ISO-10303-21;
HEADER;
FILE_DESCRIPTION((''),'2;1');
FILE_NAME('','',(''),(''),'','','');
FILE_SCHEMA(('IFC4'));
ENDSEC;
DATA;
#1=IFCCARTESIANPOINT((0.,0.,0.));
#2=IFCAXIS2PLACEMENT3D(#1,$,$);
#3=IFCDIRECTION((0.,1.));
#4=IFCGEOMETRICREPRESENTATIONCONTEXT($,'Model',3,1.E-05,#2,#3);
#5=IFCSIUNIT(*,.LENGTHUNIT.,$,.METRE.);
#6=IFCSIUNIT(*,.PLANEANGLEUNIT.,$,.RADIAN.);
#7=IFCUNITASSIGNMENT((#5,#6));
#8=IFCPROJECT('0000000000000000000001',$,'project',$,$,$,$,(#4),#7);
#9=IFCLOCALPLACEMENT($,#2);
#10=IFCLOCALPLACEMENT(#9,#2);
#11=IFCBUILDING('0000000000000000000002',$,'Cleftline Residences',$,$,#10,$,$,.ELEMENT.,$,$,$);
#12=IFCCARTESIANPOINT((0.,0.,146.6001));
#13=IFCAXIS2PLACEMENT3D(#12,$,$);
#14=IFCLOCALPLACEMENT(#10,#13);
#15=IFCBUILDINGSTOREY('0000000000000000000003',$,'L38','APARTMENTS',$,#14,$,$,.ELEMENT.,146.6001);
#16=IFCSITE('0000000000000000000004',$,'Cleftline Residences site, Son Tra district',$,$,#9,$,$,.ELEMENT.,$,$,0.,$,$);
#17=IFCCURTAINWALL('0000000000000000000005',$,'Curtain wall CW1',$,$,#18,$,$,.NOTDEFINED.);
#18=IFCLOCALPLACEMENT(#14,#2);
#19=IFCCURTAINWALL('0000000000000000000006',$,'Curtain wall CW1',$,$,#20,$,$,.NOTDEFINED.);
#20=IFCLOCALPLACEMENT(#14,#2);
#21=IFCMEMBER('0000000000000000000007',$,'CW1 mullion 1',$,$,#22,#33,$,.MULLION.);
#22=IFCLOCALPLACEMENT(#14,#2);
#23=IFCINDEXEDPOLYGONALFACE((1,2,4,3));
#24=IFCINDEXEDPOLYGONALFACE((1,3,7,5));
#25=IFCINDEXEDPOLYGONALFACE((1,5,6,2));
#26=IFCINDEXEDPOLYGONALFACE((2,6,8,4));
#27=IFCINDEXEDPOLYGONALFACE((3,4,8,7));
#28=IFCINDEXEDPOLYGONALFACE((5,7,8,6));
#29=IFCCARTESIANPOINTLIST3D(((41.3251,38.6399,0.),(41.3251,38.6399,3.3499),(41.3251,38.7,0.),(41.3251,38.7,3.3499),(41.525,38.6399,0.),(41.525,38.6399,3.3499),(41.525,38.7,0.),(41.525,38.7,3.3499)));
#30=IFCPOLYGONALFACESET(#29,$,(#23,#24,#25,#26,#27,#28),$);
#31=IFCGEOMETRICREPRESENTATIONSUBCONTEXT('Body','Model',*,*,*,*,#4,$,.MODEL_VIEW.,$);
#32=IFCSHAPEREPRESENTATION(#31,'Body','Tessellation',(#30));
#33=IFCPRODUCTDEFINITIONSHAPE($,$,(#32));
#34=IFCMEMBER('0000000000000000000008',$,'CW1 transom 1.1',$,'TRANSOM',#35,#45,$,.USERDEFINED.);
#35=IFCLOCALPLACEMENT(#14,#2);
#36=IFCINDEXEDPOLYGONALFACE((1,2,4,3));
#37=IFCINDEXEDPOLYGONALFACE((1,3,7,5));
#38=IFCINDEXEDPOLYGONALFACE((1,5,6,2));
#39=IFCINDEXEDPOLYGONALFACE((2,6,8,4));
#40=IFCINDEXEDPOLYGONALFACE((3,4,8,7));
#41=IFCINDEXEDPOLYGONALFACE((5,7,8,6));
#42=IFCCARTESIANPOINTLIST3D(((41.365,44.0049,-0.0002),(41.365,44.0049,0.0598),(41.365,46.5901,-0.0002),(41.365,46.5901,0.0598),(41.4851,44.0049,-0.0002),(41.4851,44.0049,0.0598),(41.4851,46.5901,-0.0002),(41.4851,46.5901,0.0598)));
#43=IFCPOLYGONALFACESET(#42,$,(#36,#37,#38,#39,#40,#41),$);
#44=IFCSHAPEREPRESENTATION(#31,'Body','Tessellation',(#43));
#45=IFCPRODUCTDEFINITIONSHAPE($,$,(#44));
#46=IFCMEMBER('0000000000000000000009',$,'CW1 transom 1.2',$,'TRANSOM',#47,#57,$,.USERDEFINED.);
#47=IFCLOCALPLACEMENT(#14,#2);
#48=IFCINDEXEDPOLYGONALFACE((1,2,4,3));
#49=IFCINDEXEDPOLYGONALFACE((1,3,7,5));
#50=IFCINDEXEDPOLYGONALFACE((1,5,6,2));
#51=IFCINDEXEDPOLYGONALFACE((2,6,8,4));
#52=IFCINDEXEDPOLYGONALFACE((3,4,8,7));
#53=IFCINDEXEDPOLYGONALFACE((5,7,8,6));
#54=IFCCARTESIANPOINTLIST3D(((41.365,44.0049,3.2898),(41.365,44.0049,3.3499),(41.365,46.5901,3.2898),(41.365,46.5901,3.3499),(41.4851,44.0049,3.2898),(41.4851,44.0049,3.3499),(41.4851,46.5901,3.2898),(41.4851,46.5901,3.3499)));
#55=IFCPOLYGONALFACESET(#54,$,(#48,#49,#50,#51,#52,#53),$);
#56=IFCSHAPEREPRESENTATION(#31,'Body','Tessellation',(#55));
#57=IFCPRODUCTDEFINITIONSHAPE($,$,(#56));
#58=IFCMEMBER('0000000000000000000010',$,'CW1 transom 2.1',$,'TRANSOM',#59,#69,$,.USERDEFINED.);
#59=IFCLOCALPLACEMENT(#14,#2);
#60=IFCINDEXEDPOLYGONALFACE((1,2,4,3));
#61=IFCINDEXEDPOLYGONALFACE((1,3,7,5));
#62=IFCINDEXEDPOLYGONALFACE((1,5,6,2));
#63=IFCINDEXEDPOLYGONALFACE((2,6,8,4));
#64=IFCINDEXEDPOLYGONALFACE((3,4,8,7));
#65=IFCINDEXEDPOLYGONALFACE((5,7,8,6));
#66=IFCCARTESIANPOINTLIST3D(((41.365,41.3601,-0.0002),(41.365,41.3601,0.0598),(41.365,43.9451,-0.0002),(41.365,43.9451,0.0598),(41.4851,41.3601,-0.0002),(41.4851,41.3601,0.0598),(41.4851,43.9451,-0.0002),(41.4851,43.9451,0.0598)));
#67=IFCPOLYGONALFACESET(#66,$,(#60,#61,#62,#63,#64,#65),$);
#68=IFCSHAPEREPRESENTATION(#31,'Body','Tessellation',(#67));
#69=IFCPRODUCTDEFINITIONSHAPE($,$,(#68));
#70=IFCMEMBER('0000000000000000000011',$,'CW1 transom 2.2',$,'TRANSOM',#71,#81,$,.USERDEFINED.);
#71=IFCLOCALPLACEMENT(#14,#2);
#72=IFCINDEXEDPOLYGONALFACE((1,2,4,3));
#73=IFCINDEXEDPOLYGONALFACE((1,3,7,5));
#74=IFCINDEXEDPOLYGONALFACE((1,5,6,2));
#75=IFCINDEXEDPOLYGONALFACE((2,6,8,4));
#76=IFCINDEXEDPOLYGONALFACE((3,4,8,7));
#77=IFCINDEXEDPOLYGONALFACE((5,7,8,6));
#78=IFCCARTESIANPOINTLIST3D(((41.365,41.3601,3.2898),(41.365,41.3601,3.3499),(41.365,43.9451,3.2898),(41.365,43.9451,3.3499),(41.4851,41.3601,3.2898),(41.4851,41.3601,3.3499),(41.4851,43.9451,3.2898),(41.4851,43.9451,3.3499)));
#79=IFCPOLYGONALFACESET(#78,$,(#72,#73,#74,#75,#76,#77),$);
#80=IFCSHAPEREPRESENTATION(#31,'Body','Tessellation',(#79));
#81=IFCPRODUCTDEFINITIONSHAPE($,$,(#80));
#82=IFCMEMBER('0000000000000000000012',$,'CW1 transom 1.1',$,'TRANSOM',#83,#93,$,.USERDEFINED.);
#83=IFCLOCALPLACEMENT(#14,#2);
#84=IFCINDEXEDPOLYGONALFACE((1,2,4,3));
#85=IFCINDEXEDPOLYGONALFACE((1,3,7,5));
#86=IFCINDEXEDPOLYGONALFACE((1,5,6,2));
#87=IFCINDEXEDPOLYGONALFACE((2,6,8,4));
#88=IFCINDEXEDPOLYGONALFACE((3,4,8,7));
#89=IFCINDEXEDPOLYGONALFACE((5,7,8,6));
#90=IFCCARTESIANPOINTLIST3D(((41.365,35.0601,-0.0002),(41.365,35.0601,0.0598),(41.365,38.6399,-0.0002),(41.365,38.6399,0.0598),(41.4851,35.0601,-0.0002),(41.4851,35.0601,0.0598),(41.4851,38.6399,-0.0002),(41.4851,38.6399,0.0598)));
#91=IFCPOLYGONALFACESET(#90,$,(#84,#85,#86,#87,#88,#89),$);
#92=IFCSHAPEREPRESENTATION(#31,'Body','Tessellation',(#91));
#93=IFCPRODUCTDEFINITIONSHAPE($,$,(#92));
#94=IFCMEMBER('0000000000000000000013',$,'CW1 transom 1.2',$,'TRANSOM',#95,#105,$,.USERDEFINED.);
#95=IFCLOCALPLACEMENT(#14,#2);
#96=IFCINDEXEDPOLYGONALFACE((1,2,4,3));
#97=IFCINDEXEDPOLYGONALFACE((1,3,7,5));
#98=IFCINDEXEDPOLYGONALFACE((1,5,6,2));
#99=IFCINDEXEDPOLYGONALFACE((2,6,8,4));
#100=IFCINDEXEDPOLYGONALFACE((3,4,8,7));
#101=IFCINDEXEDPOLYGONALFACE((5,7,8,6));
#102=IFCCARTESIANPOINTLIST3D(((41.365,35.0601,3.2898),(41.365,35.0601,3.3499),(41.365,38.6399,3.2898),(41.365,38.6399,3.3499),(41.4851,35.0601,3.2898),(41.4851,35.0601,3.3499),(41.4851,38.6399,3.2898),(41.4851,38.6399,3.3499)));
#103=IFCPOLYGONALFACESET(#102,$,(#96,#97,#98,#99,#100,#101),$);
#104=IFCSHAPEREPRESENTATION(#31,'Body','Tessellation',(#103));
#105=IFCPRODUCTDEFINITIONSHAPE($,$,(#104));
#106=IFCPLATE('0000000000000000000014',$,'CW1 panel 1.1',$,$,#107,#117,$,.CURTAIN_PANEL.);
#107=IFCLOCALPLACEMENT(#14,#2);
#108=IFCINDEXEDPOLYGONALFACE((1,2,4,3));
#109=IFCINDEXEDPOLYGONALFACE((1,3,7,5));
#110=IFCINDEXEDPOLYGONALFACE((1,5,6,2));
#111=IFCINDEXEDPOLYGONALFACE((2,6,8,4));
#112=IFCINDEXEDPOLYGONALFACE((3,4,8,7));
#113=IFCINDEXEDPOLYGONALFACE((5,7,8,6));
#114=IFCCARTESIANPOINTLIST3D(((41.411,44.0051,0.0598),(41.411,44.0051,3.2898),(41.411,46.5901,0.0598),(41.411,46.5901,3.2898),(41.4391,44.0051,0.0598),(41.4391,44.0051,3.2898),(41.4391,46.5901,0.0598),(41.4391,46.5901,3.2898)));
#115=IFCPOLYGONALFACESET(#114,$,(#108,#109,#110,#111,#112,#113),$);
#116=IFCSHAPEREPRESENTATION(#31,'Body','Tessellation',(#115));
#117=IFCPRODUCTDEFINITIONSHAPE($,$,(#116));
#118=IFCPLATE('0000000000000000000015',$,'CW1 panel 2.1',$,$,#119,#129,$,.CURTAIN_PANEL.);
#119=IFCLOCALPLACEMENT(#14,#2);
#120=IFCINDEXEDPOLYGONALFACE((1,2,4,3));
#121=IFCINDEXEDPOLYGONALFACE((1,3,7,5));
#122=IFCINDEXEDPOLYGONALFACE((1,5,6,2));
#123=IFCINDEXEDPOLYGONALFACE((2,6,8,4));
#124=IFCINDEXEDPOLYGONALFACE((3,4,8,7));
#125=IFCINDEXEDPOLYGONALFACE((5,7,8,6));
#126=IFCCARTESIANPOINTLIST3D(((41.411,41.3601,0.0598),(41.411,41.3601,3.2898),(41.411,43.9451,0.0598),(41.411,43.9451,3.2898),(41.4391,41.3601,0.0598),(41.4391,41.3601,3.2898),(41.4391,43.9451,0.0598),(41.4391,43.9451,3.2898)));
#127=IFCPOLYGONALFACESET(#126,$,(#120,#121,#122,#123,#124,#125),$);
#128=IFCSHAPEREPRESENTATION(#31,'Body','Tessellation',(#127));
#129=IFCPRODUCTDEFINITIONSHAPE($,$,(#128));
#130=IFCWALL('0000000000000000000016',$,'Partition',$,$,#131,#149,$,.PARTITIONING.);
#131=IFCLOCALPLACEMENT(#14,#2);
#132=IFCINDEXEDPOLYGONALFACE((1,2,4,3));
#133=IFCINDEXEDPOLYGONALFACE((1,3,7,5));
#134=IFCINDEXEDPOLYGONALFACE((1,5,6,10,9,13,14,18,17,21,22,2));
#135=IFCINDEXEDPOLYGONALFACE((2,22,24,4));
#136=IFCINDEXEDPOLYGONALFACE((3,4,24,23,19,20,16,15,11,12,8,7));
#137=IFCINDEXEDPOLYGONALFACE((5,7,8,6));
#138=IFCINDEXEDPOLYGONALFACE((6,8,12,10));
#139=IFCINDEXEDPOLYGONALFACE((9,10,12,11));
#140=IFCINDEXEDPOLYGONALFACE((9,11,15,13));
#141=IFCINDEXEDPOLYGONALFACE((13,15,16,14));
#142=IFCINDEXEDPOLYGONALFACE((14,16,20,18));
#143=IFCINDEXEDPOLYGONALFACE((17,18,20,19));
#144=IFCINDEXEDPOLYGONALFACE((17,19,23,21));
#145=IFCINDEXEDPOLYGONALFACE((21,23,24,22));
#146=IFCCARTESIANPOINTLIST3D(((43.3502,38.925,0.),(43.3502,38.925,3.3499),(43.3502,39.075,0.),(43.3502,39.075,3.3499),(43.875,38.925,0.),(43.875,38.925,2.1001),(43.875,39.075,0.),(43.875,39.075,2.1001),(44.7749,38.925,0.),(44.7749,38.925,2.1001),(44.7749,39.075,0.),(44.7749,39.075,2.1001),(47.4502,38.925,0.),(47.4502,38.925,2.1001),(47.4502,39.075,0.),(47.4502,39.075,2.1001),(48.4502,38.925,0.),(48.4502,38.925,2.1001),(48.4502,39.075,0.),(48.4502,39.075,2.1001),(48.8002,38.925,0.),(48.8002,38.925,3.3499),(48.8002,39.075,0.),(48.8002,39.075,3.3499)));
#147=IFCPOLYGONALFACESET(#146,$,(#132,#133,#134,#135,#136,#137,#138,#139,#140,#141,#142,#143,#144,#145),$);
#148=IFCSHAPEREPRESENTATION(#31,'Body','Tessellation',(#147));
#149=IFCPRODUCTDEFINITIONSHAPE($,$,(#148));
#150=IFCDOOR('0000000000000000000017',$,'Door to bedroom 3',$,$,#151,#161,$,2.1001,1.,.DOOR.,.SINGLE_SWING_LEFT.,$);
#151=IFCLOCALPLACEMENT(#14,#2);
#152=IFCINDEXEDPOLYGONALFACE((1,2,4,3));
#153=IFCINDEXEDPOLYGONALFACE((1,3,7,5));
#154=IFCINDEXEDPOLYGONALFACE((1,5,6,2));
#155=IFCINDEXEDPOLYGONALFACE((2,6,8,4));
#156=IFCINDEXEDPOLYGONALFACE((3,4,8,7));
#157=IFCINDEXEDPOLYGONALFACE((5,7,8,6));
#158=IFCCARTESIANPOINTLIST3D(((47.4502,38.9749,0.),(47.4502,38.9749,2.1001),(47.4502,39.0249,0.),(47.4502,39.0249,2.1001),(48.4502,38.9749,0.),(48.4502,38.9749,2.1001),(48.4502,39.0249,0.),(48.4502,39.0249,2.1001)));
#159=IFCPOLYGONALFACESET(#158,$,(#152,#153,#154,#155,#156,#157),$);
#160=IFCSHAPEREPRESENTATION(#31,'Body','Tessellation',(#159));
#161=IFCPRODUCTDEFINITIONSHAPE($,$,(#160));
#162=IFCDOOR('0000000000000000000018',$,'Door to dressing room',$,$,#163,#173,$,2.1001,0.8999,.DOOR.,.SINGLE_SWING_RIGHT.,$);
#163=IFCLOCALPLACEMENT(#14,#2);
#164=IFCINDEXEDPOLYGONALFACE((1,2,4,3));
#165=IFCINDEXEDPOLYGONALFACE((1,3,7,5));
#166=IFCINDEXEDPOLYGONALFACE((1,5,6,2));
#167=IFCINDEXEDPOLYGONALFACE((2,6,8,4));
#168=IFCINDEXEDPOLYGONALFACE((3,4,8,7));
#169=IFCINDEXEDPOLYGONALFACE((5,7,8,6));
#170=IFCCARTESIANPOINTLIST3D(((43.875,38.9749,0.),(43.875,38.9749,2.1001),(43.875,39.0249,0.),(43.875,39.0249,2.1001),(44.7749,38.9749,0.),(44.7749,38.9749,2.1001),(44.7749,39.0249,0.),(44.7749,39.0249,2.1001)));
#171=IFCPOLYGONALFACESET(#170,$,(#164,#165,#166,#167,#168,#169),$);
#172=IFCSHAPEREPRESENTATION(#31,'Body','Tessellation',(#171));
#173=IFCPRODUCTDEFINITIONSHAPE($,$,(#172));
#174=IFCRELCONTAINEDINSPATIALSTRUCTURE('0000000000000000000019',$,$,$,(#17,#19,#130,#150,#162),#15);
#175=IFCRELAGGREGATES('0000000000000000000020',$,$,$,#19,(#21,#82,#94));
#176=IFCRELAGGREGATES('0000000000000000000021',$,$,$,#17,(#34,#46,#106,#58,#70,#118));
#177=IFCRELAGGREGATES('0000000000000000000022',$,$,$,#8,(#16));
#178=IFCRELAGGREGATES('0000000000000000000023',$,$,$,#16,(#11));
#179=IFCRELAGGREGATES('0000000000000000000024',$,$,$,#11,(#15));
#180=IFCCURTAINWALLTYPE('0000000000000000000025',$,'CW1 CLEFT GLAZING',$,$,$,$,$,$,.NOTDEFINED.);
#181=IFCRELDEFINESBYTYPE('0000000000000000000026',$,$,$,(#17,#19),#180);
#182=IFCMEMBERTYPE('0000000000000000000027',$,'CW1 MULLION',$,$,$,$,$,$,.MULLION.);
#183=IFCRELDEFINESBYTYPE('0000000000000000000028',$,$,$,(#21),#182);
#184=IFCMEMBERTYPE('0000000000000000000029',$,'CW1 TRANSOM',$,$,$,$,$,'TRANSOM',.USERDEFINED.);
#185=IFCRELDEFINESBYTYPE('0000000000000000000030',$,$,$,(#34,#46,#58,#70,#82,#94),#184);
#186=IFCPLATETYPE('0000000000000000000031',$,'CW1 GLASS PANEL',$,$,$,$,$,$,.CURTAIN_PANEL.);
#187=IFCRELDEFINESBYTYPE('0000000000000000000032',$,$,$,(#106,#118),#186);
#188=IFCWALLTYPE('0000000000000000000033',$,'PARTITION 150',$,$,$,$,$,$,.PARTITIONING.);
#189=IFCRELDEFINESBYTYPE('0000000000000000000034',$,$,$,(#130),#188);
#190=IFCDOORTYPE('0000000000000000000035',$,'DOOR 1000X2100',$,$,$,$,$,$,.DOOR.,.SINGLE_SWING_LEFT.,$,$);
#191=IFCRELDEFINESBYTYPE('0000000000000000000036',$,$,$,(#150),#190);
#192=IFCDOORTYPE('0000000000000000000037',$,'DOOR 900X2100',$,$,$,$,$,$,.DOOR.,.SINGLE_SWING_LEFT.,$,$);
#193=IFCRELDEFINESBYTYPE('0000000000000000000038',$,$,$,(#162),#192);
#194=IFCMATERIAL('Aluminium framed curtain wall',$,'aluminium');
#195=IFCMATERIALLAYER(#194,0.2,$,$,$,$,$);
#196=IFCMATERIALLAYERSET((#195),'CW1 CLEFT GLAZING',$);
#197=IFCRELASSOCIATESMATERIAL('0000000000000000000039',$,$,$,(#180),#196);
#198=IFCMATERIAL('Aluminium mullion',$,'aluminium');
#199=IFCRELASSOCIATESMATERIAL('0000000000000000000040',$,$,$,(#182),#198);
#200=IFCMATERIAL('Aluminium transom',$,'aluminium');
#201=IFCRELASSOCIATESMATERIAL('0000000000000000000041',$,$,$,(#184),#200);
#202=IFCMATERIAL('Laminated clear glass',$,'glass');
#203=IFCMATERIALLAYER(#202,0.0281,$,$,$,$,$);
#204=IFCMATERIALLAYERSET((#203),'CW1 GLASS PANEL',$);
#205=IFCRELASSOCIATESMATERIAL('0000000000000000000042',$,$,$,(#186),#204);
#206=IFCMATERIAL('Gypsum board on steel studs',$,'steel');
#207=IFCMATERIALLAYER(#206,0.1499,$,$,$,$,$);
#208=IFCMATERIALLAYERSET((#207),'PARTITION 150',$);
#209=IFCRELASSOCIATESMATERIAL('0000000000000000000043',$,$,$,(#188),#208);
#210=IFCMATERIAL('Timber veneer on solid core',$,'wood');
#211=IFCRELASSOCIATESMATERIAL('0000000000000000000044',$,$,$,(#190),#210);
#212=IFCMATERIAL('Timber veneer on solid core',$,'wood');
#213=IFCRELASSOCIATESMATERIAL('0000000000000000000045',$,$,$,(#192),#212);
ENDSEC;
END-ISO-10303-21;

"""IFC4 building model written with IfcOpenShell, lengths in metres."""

from ifc_helpers import new_model, si_unit, direction, frame, frame_2d, origin, origin_2d, place, context, subcontext, project, spatial, rectangle, extrude, material, layer, layer_set, material_profile, profile_set, type_object, element, fill, aggregate, save


model = new_model("IFC4")

# Units and contexts
model_context = context("Model", 3, precision=1e-05, world=origin(), true_north=direction((0.0, 1.0)))
body_context = subcontext(model_context, "Body", "Model", "MODEL_VIEW")
ifc_project = project(units=[si_unit("LENGTHUNIT", "METRE"), si_unit("PLANEANGLEUNIT", "RADIAN")], contexts=[model_context])

# Site, building, storey
site_placement = place(None, origin())
site = spatial("IfcSite", under=ifc_project, at=site_placement, Name="Cleftline Residences site, Son Tra district", CompositionType="ELEMENT", RefElevation=0.0)
building_placement = place(site_placement, origin())
building = spatial("IfcBuilding", under=site, at=building_placement, Name="Cleftline Residences", CompositionType="ELEMENT")
storey_placement = place(building_placement, frame((0.0, 0.0, 146.6001)))
storey = spatial("IfcBuildingStorey", under=building, at=storey_placement, Name="L38", Description="APARTMENTS", CompositionType="ELEMENT", Elevation=146.6001)

# Curtain wall
ifc_material_1 = material(Name="Aluminium framed curtain wall", Category="aluminium")
ifc_layer_1 = layer(ifc_material_1, 0.2)
ifc_layer_set_1 = layer_set([ifc_layer_1], Name="CW1 CLEFT GLAZING")
curtain_wall_type = type_object("IfcCurtainWallType", Name="CW1 CLEFT GLAZING", PredefinedType="NOTDEFINED", material=ifc_layer_set_1)
curtain_wall_1_placement = place(storey_placement, origin())
curtain_wall_1 = element("IfcCurtainWall", 1, at=curtain_wall_1_placement, inside=storey, type_object=curtain_wall_type, Name="Curtain wall CW1", PredefinedType="NOTDEFINED")
ifc_material_2 = material(Name="Aluminium mullion", Category="aluminium")
ifc_material_profile_1 = material_profile(ifc_material_2, rectangle(XDim=0.2, YDim=0.0601, at=origin_2d()))
ifc_profile_set_1 = profile_set([ifc_material_profile_1], Name="Aluminium mullion")
member_type_1 = type_object("IfcMemberType", Name="CW1 MULLION", PredefinedType="MULLION", material=ifc_profile_set_1)

# Curtain wall, member
curtain_wall_2_placement = place(storey_placement, origin())
curtain_wall_2 = element("IfcCurtainWall", 2, at=curtain_wall_2_placement, inside=storey, type_object=curtain_wall_type, Name="Curtain wall CW1", PredefinedType="NOTDEFINED")
member_1_placement = place(storey_placement, frame((41.425, 38.6699, 0.0), z_axis=(0.0, 0.0, 1.0), x_axis=(1.0, 0.0, 0.0)))
member_1 = element("IfcMember", 3, at=member_1_placement, type_object=member_type_1, Name="CW1 mullion 1", PredefinedType="MULLION", context=body_context, shape_type="SweptSolid", body=[
    extrude(rectangle(XDim=0.2, YDim=0.0601, at=origin_2d()), origin(), (0.0, 0.0, 1.0), 3.3499),
])

# Members
ifc_material_3 = material(Name="Aluminium transom", Category="aluminium")
ifc_material_profile_2 = material_profile(ifc_material_3, rectangle(XDim=0.1201, YDim=0.0601, at=origin_2d()))
ifc_profile_set_2 = profile_set([ifc_material_profile_2], Name="Aluminium transom")
member_type_2 = type_object("IfcMemberType", Name="CW1 TRANSOM", ElementType="TRANSOM", PredefinedType="USERDEFINED", material=ifc_profile_set_2)
member_2_placement = place(storey_placement, frame((41.425, 46.5901, 0.0298), z_axis=(0.0, -1.0, 0.0), x_axis=(1.0, 0.0, 0.0)))
member_2 = element("IfcMember", 4, at=member_2_placement, type_object=member_type_2, Name="CW1 transom 1.1", ObjectType="TRANSOM", PredefinedType="USERDEFINED", context=body_context, shape_type="SweptSolid", body=[
    extrude(rectangle(XDim=0.1201, YDim=0.0601, at=origin_2d()), origin(), (0.0, 0.0, 1.0), 2.5852),
])
member_3_placement = place(storey_placement, frame((41.425, 46.5901, 3.3198), z_axis=(0.0, -1.0, 0.0), x_axis=(1.0, 0.0, 0.0)))
member_3 = element("IfcMember", 5, at=member_3_placement, type_object=member_type_2, Name="CW1 transom 1.2", ObjectType="TRANSOM", PredefinedType="USERDEFINED", context=body_context, shape_type="SweptSolid", body=[
    extrude(rectangle(XDim=0.1201, YDim=0.0601, at=origin_2d()), origin(), (0.0, 0.0, 1.0), 2.5852),
])
member_4_placement = place(storey_placement, frame((41.425, 43.9451, 0.0298), z_axis=(0.0, -1.0, 0.0), x_axis=(1.0, 0.0, 0.0)))
member_4 = element("IfcMember", 6, at=member_4_placement, type_object=member_type_2, Name="CW1 transom 2.1", ObjectType="TRANSOM", PredefinedType="USERDEFINED", context=body_context, shape_type="SweptSolid", body=[
    extrude(rectangle(XDim=0.1201, YDim=0.0601, at=origin_2d()), origin(), (0.0, 0.0, 1.0), 2.585),
])
member_5_placement = place(storey_placement, frame((41.425, 43.9451, 3.3198), z_axis=(0.0, -1.0, 0.0), x_axis=(1.0, 0.0, 0.0)))
member_5 = element("IfcMember", 7, at=member_5_placement, type_object=member_type_2, Name="CW1 transom 2.2", ObjectType="TRANSOM", PredefinedType="USERDEFINED", context=body_context, shape_type="SweptSolid", body=[
    extrude(rectangle(XDim=0.1201, YDim=0.0601, at=origin_2d()), origin(), (0.0, 0.0, 1.0), 2.585),
])
member_6_placement = place(storey_placement, frame((41.425, 38.6399, 0.0298), z_axis=(0.0, -1.0, 0.0), x_axis=(1.0, 0.0, 0.0)))
member_6 = element("IfcMember", 8, at=member_6_placement, type_object=member_type_2, Name="CW1 transom 1.1", ObjectType="TRANSOM", PredefinedType="USERDEFINED", context=body_context, shape_type="SweptSolid", body=[
    extrude(rectangle(XDim=0.1201, YDim=0.0601, at=origin_2d()), origin(), (0.0, 0.0, 1.0), 3.5798),
])
member_7_placement = place(storey_placement, frame((41.425, 38.6399, 3.3198), z_axis=(0.0, -1.0, 0.0), x_axis=(1.0, 0.0, 0.0)))
member_7 = element("IfcMember", 9, at=member_7_placement, type_object=member_type_2, Name="CW1 transom 1.2", ObjectType="TRANSOM", PredefinedType="USERDEFINED", context=body_context, shape_type="SweptSolid", body=[
    extrude(rectangle(XDim=0.1201, YDim=0.0601, at=origin_2d()), origin(), (0.0, 0.0, 1.0), 3.5798),
])
aggregate(curtain_wall_2, [member_1, member_6, member_7])

# Plates
ifc_material_4 = material(Name="Laminated clear glass", Category="glass")
ifc_layer_2 = layer(ifc_material_4, 0.0281)
ifc_layer_set_2 = layer_set([ifc_layer_2], Name="CW1 GLASS PANEL")
plate_type = type_object("IfcPlateType", Name="CW1 GLASS PANEL", PredefinedType="CURTAIN_PANEL", material=ifc_layer_set_2)
plate_1_placement = place(storey_placement, frame((41.425, 45.2976, 0.0598), z_axis=(0.0, 0.0, 1.0), x_axis=(0.0, -1.0, 0.0)))
plate_1 = element("IfcPlate", 10, at=plate_1_placement, type_object=plate_type, Name="CW1 panel 1.1", PredefinedType="CURTAIN_PANEL", context=body_context, shape_type="SweptSolid", body=[
    extrude(rectangle(XDim=2.585, YDim=0.0281, at=origin_2d()), origin(), (0.0, 0.0, 1.0), 3.23),
])
plate_2_placement = place(storey_placement, frame((41.425, 42.6526, 0.0598), z_axis=(0.0, 0.0, 1.0), x_axis=(0.0, -1.0, 0.0)))
plate_2 = element("IfcPlate", 11, at=plate_2_placement, type_object=plate_type, Name="CW1 panel 2.1", PredefinedType="CURTAIN_PANEL", context=body_context, shape_type="SweptSolid", body=[
    extrude(rectangle(XDim=2.585, YDim=0.0281, at=origin_2d()), origin(), (0.0, 0.0, 1.0), 3.23),
])
aggregate(curtain_wall_1, [member_2, member_3, plate_1, member_4, member_5, plate_2])

# Wall, openings, doors
ifc_material_5 = material(Name="Gypsum board on steel studs", Category="steel")
ifc_layer_3 = layer(ifc_material_5, 0.1499)
ifc_layer_set_3 = layer_set([ifc_layer_3], Name="PARTITION 150")
wall_type = type_object("IfcWallType", Name="PARTITION 150", PredefinedType="PARTITIONING", material=ifc_layer_set_3)
wall_1_placement = place(storey_placement, frame((43.3501, 39.0, 0.0), z_axis=(0.0, 0.0, 1.0), x_axis=(1.0, 0.0, 0.0)))
wall_1 = element("IfcWall", 12, at=wall_1_placement, inside=storey, type_object=wall_type, Name="Partition", PredefinedType="PARTITIONING", context=body_context, shape_type="SweptSolid", body=[
    extrude(rectangle(XDim=5.45, YDim=0.1499, at=frame_2d((2.7251, 0.0))), origin(), (0.0, 0.0, 1.0), 3.3499),
])
opening_1_placement = place(wall_1_placement, frame((4.1001, 0.0, 0.0)))
opening_1 = element("IfcOpeningElement", 13, at=opening_1_placement, cuts=wall_1, PredefinedType="OPENING", context=body_context, shape_type="SweptSolid", body=[
    extrude(rectangle(XDim=1.0, YDim=2.1001, at=frame_2d((0.5, 1.05))), frame((0.0, 0.085, 0.0), z_axis=(0.0, -1.0, 0.0), x_axis=(1.0, 0.0, 0.0)), (0.0, 0.0, 1.0), 0.1699),
])
opening_2_placement = place(wall_1_placement, frame((0.5249, 0.0, 0.0)))
opening_2 = element("IfcOpeningElement", 14, at=opening_2_placement, cuts=wall_1, PredefinedType="OPENING", context=body_context, shape_type="SweptSolid", body=[
    extrude(rectangle(XDim=0.8999, YDim=2.1001, at=frame_2d((0.45, 1.05))), frame((0.0, 0.085, 0.0), z_axis=(0.0, -1.0, 0.0), x_axis=(1.0, 0.0, 0.0)), (0.0, 0.0, 1.0), 0.1699),
])
ifc_material_6 = material(Name="Timber veneer on solid core", Category="wood")
door_type_1 = type_object("IfcDoorType", Name="DOOR 1000X2100", OperationType="SINGLE_SWING_LEFT", PredefinedType="DOOR", material=ifc_material_6)
door_1_placement = place(opening_1_placement, origin())
door_1 = element("IfcDoor", 15, at=door_1_placement, inside=storey, type_object=door_type_1, Name="Door to bedroom 3", OperationType="SINGLE_SWING_LEFT", OverallHeight=2.1001, OverallWidth=1.0, PredefinedType="DOOR", context=body_context, shape_type="SweptSolid", body=[
    extrude(rectangle(XDim=1.0, YDim=2.1001, at=frame_2d((0.5, 1.05))), frame((0.0, 0.0249, 0.0), z_axis=(0.0, -1.0, 0.0), x_axis=(1.0, 0.0, 0.0)), (0.0, 0.0, 1.0), 0.05),
])
fill(opening_1, door_1)
ifc_material_7 = material(Name="Timber veneer on solid core", Category="wood")
door_type_2 = type_object("IfcDoorType", Name="DOOR 900X2100", OperationType="SINGLE_SWING_LEFT", PredefinedType="DOOR", material=ifc_material_7)
door_2_placement = place(opening_2_placement, origin())
door_2 = element("IfcDoor", 16, at=door_2_placement, inside=storey, type_object=door_type_2, Name="Door to dressing room", OperationType="SINGLE_SWING_RIGHT", OverallHeight=2.1001, OverallWidth=0.8999, PredefinedType="DOOR", context=body_context, shape_type="SweptSolid", body=[
    extrude(rectangle(XDim=0.8999, YDim=2.1001, at=frame_2d((0.45, 1.05))), frame((0.0, 0.0249, 0.0), z_axis=(0.0, -1.0, 0.0), x_axis=(1.0, 0.0, 0.0)), (0.0, 0.0, 1.0), 0.05),
])
fill(opening_2, door_2)

save(model, "model.ifc")
